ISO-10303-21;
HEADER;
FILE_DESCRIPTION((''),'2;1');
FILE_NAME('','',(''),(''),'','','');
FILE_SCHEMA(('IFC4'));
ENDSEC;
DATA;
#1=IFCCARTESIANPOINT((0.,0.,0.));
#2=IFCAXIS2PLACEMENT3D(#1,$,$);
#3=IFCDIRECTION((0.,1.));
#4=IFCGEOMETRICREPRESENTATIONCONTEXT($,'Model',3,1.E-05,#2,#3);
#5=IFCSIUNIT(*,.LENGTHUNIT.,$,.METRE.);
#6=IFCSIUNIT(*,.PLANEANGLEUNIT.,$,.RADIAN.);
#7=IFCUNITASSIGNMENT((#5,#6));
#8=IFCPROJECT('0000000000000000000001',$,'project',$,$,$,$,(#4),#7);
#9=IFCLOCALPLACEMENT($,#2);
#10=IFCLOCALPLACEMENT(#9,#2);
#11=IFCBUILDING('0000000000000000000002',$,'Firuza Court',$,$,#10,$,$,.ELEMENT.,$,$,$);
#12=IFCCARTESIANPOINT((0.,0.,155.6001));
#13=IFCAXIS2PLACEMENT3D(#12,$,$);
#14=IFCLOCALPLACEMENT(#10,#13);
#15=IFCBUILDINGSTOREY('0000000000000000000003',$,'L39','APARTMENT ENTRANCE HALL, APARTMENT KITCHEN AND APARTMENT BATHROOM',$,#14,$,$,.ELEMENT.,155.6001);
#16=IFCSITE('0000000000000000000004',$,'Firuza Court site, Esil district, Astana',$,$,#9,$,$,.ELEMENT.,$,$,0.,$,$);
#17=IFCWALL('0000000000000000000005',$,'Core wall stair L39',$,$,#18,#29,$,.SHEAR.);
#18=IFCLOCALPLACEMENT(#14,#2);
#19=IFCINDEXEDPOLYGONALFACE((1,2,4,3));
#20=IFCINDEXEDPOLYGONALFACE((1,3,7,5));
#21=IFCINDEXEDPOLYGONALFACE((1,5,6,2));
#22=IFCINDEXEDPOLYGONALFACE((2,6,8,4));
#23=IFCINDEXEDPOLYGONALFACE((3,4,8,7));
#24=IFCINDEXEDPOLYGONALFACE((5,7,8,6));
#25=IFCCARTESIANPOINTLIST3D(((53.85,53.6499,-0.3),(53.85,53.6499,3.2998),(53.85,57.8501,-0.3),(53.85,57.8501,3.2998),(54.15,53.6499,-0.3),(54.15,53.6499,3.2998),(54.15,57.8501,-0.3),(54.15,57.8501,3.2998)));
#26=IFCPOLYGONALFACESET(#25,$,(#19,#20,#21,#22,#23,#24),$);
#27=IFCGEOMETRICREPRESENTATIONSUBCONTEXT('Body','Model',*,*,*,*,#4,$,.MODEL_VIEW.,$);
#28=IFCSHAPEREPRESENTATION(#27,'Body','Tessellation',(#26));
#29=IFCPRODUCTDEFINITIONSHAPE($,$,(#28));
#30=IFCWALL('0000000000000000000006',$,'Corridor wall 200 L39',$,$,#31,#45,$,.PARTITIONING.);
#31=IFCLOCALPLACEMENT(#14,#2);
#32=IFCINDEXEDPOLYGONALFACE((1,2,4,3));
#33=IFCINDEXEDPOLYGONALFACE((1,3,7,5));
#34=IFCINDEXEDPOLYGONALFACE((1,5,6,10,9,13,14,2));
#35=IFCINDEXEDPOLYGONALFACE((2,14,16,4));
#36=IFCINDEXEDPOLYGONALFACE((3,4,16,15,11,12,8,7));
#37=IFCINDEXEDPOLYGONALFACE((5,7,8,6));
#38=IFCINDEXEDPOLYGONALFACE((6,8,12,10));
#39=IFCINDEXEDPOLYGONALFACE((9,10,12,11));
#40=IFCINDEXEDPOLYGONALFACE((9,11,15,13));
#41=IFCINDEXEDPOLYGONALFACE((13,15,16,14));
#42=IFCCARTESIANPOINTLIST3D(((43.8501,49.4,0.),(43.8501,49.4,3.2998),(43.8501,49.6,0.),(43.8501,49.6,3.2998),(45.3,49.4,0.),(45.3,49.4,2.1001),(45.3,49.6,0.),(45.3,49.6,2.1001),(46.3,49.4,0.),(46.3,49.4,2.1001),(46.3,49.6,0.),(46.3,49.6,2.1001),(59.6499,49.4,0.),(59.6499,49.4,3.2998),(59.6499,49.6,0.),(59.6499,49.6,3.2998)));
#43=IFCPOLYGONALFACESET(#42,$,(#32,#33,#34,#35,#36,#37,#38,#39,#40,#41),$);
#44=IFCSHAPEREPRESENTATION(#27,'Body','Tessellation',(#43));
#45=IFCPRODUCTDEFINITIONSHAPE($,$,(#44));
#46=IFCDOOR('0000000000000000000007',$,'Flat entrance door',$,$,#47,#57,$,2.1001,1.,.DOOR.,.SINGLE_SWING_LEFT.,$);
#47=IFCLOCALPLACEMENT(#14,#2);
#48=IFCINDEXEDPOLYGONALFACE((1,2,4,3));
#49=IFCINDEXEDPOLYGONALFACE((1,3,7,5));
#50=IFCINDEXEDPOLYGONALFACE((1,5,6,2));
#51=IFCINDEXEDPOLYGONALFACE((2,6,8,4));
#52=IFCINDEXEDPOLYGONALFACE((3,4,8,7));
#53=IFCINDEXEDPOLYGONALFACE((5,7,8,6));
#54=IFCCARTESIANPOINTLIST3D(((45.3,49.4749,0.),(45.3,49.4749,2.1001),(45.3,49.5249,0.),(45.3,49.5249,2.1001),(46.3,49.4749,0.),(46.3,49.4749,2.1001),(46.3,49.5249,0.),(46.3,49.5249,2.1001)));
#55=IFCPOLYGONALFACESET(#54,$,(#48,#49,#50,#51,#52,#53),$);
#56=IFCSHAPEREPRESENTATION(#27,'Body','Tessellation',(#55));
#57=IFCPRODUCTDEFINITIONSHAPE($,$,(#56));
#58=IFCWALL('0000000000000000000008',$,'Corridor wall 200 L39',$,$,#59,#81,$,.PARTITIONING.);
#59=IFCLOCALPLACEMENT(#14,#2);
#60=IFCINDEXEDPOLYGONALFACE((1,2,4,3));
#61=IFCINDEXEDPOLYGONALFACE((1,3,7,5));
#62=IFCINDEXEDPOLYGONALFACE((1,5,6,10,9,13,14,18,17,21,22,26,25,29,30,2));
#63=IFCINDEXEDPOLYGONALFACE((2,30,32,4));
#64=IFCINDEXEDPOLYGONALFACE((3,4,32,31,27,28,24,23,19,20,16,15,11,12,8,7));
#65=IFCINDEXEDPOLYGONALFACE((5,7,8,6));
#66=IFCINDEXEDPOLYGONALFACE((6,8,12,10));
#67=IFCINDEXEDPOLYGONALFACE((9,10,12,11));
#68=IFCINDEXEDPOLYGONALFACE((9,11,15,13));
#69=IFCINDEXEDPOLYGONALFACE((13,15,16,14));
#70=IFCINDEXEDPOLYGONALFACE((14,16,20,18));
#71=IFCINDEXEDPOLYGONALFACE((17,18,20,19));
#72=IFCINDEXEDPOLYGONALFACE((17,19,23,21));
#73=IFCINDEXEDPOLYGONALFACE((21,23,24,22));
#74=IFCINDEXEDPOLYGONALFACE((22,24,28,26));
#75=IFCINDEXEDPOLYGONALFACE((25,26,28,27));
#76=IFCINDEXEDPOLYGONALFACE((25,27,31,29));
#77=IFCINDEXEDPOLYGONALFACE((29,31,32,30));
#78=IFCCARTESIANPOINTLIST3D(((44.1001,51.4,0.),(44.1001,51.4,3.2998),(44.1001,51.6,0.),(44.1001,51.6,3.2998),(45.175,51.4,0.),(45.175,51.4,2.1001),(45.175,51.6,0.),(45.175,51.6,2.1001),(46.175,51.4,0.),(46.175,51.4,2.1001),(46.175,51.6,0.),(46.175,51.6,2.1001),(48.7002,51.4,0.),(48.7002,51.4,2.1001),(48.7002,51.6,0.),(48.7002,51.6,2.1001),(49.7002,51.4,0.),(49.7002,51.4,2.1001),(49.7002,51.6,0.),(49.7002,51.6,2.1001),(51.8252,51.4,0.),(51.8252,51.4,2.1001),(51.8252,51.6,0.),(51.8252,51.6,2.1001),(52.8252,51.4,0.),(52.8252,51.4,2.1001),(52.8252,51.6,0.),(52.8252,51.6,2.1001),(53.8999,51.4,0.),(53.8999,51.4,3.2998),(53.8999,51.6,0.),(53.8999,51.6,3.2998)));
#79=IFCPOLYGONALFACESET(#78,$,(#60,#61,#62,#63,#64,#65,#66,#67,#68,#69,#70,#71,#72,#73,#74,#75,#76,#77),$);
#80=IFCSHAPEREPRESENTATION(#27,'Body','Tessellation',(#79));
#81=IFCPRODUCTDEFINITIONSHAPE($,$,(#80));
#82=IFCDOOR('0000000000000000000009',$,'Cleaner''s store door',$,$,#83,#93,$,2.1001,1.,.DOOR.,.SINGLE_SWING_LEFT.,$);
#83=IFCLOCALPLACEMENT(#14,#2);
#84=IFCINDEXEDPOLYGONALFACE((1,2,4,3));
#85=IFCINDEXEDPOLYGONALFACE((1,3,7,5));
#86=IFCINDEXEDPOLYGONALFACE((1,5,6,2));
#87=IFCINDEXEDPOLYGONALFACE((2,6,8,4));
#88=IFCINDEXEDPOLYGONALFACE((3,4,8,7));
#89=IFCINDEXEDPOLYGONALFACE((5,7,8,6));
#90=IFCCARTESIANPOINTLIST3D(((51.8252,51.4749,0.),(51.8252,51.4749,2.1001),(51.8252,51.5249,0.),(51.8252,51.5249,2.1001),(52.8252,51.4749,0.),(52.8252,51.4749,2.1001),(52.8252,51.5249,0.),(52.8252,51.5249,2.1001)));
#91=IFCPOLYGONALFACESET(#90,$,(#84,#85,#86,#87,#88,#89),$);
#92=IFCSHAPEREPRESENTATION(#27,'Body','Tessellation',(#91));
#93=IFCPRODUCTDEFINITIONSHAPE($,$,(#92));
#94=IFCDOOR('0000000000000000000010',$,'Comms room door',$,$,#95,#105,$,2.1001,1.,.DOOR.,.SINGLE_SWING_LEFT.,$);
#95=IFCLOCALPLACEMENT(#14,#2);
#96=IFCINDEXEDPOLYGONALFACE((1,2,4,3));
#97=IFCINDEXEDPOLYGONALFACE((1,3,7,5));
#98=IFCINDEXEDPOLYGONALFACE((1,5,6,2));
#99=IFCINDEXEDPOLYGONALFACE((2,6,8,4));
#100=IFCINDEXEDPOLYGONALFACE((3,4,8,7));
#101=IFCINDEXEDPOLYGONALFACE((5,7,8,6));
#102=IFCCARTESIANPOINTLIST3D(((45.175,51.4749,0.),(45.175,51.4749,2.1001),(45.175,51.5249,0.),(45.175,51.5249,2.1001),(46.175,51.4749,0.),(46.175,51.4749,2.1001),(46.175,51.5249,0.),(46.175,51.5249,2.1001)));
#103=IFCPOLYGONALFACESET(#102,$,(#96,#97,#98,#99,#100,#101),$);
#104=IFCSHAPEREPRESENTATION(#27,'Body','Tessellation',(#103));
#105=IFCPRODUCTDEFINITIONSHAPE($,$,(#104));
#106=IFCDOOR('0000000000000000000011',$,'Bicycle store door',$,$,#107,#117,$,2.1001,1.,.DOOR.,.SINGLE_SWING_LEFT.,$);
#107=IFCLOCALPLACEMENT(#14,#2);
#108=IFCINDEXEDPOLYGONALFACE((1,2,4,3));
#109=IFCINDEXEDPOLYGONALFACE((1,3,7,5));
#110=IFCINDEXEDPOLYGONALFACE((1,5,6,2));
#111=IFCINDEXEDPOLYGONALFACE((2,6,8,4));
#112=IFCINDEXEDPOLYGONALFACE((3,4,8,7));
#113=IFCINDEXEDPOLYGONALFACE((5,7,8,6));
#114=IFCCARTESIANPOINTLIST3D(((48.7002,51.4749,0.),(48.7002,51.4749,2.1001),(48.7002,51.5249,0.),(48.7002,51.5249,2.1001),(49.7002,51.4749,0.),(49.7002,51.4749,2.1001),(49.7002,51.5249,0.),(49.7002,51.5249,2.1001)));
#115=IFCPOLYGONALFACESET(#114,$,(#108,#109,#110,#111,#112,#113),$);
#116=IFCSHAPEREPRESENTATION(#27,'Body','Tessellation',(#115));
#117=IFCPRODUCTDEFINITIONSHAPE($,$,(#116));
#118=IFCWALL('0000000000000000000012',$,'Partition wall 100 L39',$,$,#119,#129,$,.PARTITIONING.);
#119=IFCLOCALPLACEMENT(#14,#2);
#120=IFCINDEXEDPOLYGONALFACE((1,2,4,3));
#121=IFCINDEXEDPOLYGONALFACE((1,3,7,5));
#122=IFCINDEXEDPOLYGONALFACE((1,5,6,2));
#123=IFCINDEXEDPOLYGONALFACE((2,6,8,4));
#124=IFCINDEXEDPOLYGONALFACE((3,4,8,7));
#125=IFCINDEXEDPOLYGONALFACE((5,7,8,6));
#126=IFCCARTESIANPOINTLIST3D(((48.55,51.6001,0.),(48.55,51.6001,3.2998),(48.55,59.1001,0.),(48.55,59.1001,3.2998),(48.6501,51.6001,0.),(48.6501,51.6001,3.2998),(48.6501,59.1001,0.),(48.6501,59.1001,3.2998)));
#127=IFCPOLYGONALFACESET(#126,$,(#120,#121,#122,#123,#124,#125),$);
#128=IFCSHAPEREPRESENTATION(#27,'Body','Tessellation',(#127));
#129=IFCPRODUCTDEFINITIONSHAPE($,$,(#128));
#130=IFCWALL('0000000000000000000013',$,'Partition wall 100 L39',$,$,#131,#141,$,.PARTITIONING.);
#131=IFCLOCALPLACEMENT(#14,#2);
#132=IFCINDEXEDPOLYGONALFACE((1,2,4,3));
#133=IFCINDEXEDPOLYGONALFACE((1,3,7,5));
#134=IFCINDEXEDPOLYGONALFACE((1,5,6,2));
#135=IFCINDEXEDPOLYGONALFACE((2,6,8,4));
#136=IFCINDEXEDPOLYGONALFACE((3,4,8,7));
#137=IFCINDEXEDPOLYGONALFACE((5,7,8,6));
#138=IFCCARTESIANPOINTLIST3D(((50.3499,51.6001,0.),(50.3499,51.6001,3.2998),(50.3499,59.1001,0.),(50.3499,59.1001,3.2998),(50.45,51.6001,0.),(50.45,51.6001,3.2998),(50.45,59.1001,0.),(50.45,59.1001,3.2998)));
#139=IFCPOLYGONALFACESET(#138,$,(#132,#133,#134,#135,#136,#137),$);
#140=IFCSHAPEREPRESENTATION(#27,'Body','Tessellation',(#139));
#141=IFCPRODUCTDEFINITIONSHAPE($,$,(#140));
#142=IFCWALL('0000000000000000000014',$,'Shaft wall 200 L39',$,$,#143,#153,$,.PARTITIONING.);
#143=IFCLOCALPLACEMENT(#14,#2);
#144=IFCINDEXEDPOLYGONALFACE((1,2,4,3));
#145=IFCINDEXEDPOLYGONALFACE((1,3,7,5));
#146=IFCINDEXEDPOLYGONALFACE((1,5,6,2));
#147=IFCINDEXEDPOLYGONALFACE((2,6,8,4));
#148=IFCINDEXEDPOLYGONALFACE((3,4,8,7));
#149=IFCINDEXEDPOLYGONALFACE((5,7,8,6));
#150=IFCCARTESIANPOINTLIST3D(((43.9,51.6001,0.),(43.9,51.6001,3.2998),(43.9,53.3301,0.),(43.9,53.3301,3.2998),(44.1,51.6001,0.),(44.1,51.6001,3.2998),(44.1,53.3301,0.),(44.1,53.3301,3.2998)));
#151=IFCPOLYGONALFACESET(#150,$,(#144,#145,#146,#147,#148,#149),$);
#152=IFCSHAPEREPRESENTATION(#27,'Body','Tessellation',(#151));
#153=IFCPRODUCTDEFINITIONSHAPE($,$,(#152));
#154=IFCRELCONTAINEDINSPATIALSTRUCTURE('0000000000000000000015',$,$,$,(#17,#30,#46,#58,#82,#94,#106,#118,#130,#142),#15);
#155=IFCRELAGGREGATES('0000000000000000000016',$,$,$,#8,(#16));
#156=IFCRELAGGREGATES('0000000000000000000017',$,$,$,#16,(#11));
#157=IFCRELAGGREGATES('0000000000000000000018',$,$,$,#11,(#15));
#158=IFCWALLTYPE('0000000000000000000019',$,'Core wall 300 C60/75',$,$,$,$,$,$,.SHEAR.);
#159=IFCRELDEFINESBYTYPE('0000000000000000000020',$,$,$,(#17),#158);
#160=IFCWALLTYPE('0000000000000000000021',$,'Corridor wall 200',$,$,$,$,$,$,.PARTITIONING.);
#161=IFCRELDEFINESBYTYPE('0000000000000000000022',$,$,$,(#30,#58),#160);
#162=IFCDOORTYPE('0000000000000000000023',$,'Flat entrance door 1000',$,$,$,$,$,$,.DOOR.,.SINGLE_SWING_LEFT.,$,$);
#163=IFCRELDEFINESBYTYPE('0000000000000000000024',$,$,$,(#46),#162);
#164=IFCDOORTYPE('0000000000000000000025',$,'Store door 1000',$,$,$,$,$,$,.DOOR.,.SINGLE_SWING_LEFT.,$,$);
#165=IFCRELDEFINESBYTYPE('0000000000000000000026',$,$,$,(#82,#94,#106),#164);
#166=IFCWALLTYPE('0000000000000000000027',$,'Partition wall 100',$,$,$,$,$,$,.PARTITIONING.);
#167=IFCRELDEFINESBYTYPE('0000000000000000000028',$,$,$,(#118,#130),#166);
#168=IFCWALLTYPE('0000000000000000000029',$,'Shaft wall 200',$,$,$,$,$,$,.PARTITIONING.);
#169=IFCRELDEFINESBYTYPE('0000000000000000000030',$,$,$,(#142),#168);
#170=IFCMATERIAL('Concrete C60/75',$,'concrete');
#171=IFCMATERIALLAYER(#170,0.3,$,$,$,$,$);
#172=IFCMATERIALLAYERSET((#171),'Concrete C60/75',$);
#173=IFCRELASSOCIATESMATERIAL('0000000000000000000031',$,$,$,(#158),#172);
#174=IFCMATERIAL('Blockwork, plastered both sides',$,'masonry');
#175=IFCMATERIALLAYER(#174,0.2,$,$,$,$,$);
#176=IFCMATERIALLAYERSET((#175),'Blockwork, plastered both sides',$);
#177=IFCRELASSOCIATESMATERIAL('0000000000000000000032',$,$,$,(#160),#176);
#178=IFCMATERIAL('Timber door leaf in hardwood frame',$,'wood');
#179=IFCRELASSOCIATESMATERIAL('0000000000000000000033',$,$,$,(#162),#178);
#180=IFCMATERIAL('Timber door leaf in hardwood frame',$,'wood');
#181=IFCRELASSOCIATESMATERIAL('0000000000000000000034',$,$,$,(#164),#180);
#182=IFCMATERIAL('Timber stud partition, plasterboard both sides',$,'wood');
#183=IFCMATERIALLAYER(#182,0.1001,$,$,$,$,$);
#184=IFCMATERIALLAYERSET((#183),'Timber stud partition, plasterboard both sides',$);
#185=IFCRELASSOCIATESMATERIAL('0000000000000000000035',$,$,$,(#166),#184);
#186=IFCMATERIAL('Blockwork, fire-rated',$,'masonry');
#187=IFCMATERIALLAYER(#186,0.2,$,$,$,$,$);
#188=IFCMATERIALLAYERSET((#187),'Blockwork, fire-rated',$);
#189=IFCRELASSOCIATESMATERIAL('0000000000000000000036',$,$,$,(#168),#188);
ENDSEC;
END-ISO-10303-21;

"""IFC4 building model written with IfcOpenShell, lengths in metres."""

from ifc_helpers import new_model, si_unit, direction, frame, frame_2d, origin, place, context, subcontext, project, spatial, rectangle, extrude, material, layer, layer_set, type_object, element, fill, save


model = new_model("IFC4")

# Units and contexts
model_context = context("Model", 3, precision=1e-05, world=origin(), true_north=direction((0.0, 1.0)))
body_context = subcontext(model_context, "Body", "Model", "MODEL_VIEW")
ifc_project = project(units=[si_unit("LENGTHUNIT", "METRE"), si_unit("PLANEANGLEUNIT", "RADIAN")], contexts=[model_context])

# Site, building, storey
site_placement = place(None, origin())
site = spatial("IfcSite", under=ifc_project, at=site_placement, Name="Firuza Court site, Esil district, Astana", CompositionType="ELEMENT", RefElevation=0.0)
building_placement = place(site_placement, origin())
building = spatial("IfcBuilding", under=site, at=building_placement, Name="Firuza Court", CompositionType="ELEMENT")
storey_placement = place(building_placement, frame((0.0, 0.0, 155.6001)))
storey = spatial("IfcBuildingStorey", under=building, at=storey_placement, Name="L39", Description="APARTMENT ENTRANCE HALL, APARTMENT KITCHEN AND APARTMENT BATHROOM", CompositionType="ELEMENT", Elevation=155.6001)

# Shared definitions
ifc_material_1 = material(Name="Concrete C60/75", Category="concrete")
ifc_layer_1 = layer(ifc_material_1, 0.3)
ifc_layer_set_1 = layer_set([ifc_layer_1], Name="Concrete C60/75")
wall_type_1 = type_object("IfcWallType", Name="Core wall 300 C60/75", PredefinedType="SHEAR", material=ifc_layer_set_1)

# Wall
wall_1_placement = place(storey_placement, frame((54.0, 53.6499, -0.3), z_axis=(0.0, 0.0, 1.0), x_axis=(0.0, 1.0, 0.0)))
element("IfcWall", 1, at=wall_1_placement, inside=storey, type_object=wall_type_1, Name="Core wall stair L39", PredefinedType="SHEAR", context=body_context, shape_type="SweptSolid", body=[
    extrude(rectangle(XDim=4.2002, YDim=0.3, at=frame_2d((2.1001, 0.0))), origin(), (0.0, 0.0, 1.0), 3.5999),
])

# Wall, opening, door
ifc_material_2 = material(Name="Blockwork, plastered both sides", Category="masonry")
ifc_layer_2 = layer(ifc_material_2, 0.2)
ifc_layer_set_2 = layer_set([ifc_layer_2], Name="Blockwork, plastered both sides")
wall_type_2 = type_object("IfcWallType", Name="Corridor wall 200", PredefinedType="PARTITIONING", material=ifc_layer_set_2)
wall_2_placement = place(storey_placement, frame((43.8501, 49.5, 0.0), z_axis=(0.0, 0.0, 1.0), x_axis=(1.0, 0.0, 0.0)))
wall_2 = element("IfcWall", 2, at=wall_2_placement, inside=storey, type_object=wall_type_2, Name="Corridor wall 200 L39", PredefinedType="PARTITIONING", context=body_context, shape_type="SweptSolid", body=[
    extrude(rectangle(XDim=15.7998, YDim=0.2, at=frame_2d((7.8999, 0.0))), origin(), (0.0, 0.0, 1.0), 3.2998),
])
opening_1_placement = place(wall_2_placement, frame((1.45, 0.0, 0.0)))
opening_1 = element("IfcOpeningElement", 3, at=opening_1_placement, cuts=wall_2, PredefinedType="OPENING", context=body_context, shape_type="SweptSolid", body=[
    extrude(rectangle(XDim=1.0, YDim=2.1001, at=frame_2d((0.5, 1.05))), frame((0.0, 0.1118, 0.0), z_axis=(0.0, -1.0, 0.0), x_axis=(1.0, 0.0, 0.0)), (0.0, 0.0, 1.0), 0.2239),
])
ifc_material_3 = material(Name="Timber door leaf in hardwood frame", Category="wood")
door_type_1 = type_object("IfcDoorType", Name="Flat entrance door 1000", OperationType="SINGLE_SWING_LEFT", PredefinedType="DOOR", material=ifc_material_3)
door_1_placement = place(opening_1_placement, origin())
door_1 = element("IfcDoor", 4, at=door_1_placement, inside=storey, type_object=door_type_1, Name="Flat entrance door", OperationType="SINGLE_SWING_LEFT", OverallHeight=2.1001, OverallWidth=1.0, PredefinedType="DOOR", context=body_context, shape_type="SweptSolid", body=[
    extrude(rectangle(XDim=1.0, YDim=2.1001, at=frame_2d((0.5, 1.05))), frame((0.0, 0.0249, 0.0), z_axis=(0.0, -1.0, 0.0), x_axis=(1.0, 0.0, 0.0)), (0.0, 0.0, 1.0), 0.05),
])
fill(opening_1, door_1)

# Wall, openings, doors
wall_3_placement = place(storey_placement, frame((44.1001, 51.5, 0.0), z_axis=(0.0, 0.0, 1.0), x_axis=(1.0, 0.0, 0.0)))
wall_3 = element("IfcWall", 5, at=wall_3_placement, inside=storey, type_object=wall_type_2, Name="Corridor wall 200 L39", PredefinedType="PARTITIONING", context=body_context, shape_type="SweptSolid", body=[
    extrude(rectangle(XDim=9.7998, YDim=0.2, at=frame_2d((4.8999, 0.0))), origin(), (0.0, 0.0, 1.0), 3.2998),
])
opening_2_placement = place(wall_3_placement, frame((7.7251, 0.0, 0.0)))
opening_2 = element("IfcOpeningElement", 6, at=opening_2_placement, cuts=wall_3, PredefinedType="OPENING", context=body_context, shape_type="SweptSolid", body=[
    extrude(rectangle(XDim=1.0, YDim=2.1001, at=frame_2d((0.5, 1.05))), frame((0.0, 0.1118, 0.0), z_axis=(0.0, -1.0, 0.0), x_axis=(1.0, 0.0, 0.0)), (0.0, 0.0, 1.0), 0.2239),
])
opening_3_placement = place(wall_3_placement, frame((1.075, 0.0, 0.0)))
opening_3 = element("IfcOpeningElement", 7, at=opening_3_placement, cuts=wall_3, PredefinedType="OPENING", context=body_context, shape_type="SweptSolid", body=[
    extrude(rectangle(XDim=1.0, YDim=2.1001, at=frame_2d((0.5, 1.05))), frame((0.0, 0.1118, 0.0), z_axis=(0.0, -1.0, 0.0), x_axis=(1.0, 0.0, 0.0)), (0.0, 0.0, 1.0), 0.2239),
])
opening_4_placement = place(wall_3_placement, frame((4.6001, 0.0, 0.0)))
opening_4 = element("IfcOpeningElement", 8, at=opening_4_placement, cuts=wall_3, PredefinedType="OPENING", context=body_context, shape_type="SweptSolid", body=[
    extrude(rectangle(XDim=1.0, YDim=2.1001, at=frame_2d((0.5, 1.05))), frame((0.0, 0.1118, 0.0), z_axis=(0.0, -1.0, 0.0), x_axis=(1.0, 0.0, 0.0)), (0.0, 0.0, 1.0), 0.2239),
])
ifc_material_4 = material(Name="Timber door leaf in hardwood frame", Category="wood")
door_type_2 = type_object("IfcDoorType", Name="Store door 1000", OperationType="SINGLE_SWING_LEFT", PredefinedType="DOOR", material=ifc_material_4)
door_2_placement = place(opening_2_placement, origin())
door_2 = element("IfcDoor", 9, at=door_2_placement, inside=storey, type_object=door_type_2, Name="Cleaner's store door", OperationType="SINGLE_SWING_LEFT", OverallHeight=2.1001, OverallWidth=1.0, PredefinedType="DOOR", context=body_context, shape_type="SweptSolid", body=[
    extrude(rectangle(XDim=1.0, YDim=2.1001, at=frame_2d((0.5, 1.05))), frame((0.0, 0.0249, 0.0), z_axis=(0.0, -1.0, 0.0), x_axis=(1.0, 0.0, 0.0)), (0.0, 0.0, 1.0), 0.05),
])
fill(opening_2, door_2)
door_3_placement = place(opening_3_placement, origin())
door_3 = element("IfcDoor", 10, at=door_3_placement, inside=storey, type_object=door_type_2, Name="Comms room door", OperationType="SINGLE_SWING_LEFT", OverallHeight=2.1001, OverallWidth=1.0, PredefinedType="DOOR", context=body_context, shape_type="SweptSolid", body=[
    extrude(rectangle(XDim=1.0, YDim=2.1001, at=frame_2d((0.5, 1.05))), frame((0.0, 0.0249, 0.0), z_axis=(0.0, -1.0, 0.0), x_axis=(1.0, 0.0, 0.0)), (0.0, 0.0, 1.0), 0.05),
])
fill(opening_3, door_3)
door_4_placement = place(opening_4_placement, origin())
door_4 = element("IfcDoor", 11, at=door_4_placement, inside=storey, type_object=door_type_2, Name="Bicycle store door", OperationType="SINGLE_SWING_LEFT", OverallHeight=2.1001, OverallWidth=1.0, PredefinedType="DOOR", context=body_context, shape_type="SweptSolid", body=[
    extrude(rectangle(XDim=1.0, YDim=2.1001, at=frame_2d((0.5, 1.05))), frame((0.0, 0.0249, 0.0), z_axis=(0.0, -1.0, 0.0), x_axis=(1.0, 0.0, 0.0)), (0.0, 0.0, 1.0), 0.05),
])
fill(opening_4, door_4)

# Walls
ifc_material_5 = material(Name="Timber stud partition, plasterboard both sides", Category="wood")
ifc_layer_3 = layer(ifc_material_5, 0.1001)
ifc_layer_set_3 = layer_set([ifc_layer_3], Name="Timber stud partition, plasterboard both sides")
wall_type_3 = type_object("IfcWallType", Name="Partition wall 100", PredefinedType="PARTITIONING", material=ifc_layer_set_3)
for number, where, z_axis, x_axis, name in (
    (12, (48.6001, 51.6001, 0.0), (0.0, 0.0, 1.0), (0.0, 1.0, 0.0), "Partition wall 100 L39"),
    (13, (50.3999, 51.6001, 0.0), (0.0, 0.0, 1.0), (0.0, 1.0, 0.0), "Partition wall 100 L39"),
):
    element("IfcWall", number, at=place(storey_placement, frame(where, z_axis=z_axis, x_axis=x_axis)), inside=storey, type_object=wall_type_3, Name=name, PredefinedType="PARTITIONING", context=body_context, shape_type="SweptSolid", body=[
        extrude(rectangle(XDim=7.5, YDim=0.1001, at=frame_2d((3.75, 0.0))), origin(), (0.0, 0.0, 1.0), 3.2998),
    ])
ifc_material_6 = material(Name="Blockwork, fire-rated", Category="masonry")
ifc_layer_4 = layer(ifc_material_6, 0.2)
ifc_layer_set_4 = layer_set([ifc_layer_4], Name="Blockwork, fire-rated")
wall_type_4 = type_object("IfcWallType", Name="Shaft wall 200", PredefinedType="PARTITIONING", material=ifc_layer_set_4)
wall_4_placement = place(storey_placement, frame((44.0, 51.6001, 0.0), z_axis=(0.0, 0.0, 1.0), x_axis=(0.0, 1.0, 0.0)))
element("IfcWall", 14, at=wall_4_placement, inside=storey, type_object=wall_type_4, Name="Shaft wall 200 L39", PredefinedType="PARTITIONING", context=body_context, shape_type="SweptSolid", body=[
    extrude(rectangle(XDim=1.73, YDim=0.2, at=frame_2d((0.865, 0.0))), origin(), (0.0, 0.0, 1.0), 3.2998),
])

save(model, "model.ifc")
